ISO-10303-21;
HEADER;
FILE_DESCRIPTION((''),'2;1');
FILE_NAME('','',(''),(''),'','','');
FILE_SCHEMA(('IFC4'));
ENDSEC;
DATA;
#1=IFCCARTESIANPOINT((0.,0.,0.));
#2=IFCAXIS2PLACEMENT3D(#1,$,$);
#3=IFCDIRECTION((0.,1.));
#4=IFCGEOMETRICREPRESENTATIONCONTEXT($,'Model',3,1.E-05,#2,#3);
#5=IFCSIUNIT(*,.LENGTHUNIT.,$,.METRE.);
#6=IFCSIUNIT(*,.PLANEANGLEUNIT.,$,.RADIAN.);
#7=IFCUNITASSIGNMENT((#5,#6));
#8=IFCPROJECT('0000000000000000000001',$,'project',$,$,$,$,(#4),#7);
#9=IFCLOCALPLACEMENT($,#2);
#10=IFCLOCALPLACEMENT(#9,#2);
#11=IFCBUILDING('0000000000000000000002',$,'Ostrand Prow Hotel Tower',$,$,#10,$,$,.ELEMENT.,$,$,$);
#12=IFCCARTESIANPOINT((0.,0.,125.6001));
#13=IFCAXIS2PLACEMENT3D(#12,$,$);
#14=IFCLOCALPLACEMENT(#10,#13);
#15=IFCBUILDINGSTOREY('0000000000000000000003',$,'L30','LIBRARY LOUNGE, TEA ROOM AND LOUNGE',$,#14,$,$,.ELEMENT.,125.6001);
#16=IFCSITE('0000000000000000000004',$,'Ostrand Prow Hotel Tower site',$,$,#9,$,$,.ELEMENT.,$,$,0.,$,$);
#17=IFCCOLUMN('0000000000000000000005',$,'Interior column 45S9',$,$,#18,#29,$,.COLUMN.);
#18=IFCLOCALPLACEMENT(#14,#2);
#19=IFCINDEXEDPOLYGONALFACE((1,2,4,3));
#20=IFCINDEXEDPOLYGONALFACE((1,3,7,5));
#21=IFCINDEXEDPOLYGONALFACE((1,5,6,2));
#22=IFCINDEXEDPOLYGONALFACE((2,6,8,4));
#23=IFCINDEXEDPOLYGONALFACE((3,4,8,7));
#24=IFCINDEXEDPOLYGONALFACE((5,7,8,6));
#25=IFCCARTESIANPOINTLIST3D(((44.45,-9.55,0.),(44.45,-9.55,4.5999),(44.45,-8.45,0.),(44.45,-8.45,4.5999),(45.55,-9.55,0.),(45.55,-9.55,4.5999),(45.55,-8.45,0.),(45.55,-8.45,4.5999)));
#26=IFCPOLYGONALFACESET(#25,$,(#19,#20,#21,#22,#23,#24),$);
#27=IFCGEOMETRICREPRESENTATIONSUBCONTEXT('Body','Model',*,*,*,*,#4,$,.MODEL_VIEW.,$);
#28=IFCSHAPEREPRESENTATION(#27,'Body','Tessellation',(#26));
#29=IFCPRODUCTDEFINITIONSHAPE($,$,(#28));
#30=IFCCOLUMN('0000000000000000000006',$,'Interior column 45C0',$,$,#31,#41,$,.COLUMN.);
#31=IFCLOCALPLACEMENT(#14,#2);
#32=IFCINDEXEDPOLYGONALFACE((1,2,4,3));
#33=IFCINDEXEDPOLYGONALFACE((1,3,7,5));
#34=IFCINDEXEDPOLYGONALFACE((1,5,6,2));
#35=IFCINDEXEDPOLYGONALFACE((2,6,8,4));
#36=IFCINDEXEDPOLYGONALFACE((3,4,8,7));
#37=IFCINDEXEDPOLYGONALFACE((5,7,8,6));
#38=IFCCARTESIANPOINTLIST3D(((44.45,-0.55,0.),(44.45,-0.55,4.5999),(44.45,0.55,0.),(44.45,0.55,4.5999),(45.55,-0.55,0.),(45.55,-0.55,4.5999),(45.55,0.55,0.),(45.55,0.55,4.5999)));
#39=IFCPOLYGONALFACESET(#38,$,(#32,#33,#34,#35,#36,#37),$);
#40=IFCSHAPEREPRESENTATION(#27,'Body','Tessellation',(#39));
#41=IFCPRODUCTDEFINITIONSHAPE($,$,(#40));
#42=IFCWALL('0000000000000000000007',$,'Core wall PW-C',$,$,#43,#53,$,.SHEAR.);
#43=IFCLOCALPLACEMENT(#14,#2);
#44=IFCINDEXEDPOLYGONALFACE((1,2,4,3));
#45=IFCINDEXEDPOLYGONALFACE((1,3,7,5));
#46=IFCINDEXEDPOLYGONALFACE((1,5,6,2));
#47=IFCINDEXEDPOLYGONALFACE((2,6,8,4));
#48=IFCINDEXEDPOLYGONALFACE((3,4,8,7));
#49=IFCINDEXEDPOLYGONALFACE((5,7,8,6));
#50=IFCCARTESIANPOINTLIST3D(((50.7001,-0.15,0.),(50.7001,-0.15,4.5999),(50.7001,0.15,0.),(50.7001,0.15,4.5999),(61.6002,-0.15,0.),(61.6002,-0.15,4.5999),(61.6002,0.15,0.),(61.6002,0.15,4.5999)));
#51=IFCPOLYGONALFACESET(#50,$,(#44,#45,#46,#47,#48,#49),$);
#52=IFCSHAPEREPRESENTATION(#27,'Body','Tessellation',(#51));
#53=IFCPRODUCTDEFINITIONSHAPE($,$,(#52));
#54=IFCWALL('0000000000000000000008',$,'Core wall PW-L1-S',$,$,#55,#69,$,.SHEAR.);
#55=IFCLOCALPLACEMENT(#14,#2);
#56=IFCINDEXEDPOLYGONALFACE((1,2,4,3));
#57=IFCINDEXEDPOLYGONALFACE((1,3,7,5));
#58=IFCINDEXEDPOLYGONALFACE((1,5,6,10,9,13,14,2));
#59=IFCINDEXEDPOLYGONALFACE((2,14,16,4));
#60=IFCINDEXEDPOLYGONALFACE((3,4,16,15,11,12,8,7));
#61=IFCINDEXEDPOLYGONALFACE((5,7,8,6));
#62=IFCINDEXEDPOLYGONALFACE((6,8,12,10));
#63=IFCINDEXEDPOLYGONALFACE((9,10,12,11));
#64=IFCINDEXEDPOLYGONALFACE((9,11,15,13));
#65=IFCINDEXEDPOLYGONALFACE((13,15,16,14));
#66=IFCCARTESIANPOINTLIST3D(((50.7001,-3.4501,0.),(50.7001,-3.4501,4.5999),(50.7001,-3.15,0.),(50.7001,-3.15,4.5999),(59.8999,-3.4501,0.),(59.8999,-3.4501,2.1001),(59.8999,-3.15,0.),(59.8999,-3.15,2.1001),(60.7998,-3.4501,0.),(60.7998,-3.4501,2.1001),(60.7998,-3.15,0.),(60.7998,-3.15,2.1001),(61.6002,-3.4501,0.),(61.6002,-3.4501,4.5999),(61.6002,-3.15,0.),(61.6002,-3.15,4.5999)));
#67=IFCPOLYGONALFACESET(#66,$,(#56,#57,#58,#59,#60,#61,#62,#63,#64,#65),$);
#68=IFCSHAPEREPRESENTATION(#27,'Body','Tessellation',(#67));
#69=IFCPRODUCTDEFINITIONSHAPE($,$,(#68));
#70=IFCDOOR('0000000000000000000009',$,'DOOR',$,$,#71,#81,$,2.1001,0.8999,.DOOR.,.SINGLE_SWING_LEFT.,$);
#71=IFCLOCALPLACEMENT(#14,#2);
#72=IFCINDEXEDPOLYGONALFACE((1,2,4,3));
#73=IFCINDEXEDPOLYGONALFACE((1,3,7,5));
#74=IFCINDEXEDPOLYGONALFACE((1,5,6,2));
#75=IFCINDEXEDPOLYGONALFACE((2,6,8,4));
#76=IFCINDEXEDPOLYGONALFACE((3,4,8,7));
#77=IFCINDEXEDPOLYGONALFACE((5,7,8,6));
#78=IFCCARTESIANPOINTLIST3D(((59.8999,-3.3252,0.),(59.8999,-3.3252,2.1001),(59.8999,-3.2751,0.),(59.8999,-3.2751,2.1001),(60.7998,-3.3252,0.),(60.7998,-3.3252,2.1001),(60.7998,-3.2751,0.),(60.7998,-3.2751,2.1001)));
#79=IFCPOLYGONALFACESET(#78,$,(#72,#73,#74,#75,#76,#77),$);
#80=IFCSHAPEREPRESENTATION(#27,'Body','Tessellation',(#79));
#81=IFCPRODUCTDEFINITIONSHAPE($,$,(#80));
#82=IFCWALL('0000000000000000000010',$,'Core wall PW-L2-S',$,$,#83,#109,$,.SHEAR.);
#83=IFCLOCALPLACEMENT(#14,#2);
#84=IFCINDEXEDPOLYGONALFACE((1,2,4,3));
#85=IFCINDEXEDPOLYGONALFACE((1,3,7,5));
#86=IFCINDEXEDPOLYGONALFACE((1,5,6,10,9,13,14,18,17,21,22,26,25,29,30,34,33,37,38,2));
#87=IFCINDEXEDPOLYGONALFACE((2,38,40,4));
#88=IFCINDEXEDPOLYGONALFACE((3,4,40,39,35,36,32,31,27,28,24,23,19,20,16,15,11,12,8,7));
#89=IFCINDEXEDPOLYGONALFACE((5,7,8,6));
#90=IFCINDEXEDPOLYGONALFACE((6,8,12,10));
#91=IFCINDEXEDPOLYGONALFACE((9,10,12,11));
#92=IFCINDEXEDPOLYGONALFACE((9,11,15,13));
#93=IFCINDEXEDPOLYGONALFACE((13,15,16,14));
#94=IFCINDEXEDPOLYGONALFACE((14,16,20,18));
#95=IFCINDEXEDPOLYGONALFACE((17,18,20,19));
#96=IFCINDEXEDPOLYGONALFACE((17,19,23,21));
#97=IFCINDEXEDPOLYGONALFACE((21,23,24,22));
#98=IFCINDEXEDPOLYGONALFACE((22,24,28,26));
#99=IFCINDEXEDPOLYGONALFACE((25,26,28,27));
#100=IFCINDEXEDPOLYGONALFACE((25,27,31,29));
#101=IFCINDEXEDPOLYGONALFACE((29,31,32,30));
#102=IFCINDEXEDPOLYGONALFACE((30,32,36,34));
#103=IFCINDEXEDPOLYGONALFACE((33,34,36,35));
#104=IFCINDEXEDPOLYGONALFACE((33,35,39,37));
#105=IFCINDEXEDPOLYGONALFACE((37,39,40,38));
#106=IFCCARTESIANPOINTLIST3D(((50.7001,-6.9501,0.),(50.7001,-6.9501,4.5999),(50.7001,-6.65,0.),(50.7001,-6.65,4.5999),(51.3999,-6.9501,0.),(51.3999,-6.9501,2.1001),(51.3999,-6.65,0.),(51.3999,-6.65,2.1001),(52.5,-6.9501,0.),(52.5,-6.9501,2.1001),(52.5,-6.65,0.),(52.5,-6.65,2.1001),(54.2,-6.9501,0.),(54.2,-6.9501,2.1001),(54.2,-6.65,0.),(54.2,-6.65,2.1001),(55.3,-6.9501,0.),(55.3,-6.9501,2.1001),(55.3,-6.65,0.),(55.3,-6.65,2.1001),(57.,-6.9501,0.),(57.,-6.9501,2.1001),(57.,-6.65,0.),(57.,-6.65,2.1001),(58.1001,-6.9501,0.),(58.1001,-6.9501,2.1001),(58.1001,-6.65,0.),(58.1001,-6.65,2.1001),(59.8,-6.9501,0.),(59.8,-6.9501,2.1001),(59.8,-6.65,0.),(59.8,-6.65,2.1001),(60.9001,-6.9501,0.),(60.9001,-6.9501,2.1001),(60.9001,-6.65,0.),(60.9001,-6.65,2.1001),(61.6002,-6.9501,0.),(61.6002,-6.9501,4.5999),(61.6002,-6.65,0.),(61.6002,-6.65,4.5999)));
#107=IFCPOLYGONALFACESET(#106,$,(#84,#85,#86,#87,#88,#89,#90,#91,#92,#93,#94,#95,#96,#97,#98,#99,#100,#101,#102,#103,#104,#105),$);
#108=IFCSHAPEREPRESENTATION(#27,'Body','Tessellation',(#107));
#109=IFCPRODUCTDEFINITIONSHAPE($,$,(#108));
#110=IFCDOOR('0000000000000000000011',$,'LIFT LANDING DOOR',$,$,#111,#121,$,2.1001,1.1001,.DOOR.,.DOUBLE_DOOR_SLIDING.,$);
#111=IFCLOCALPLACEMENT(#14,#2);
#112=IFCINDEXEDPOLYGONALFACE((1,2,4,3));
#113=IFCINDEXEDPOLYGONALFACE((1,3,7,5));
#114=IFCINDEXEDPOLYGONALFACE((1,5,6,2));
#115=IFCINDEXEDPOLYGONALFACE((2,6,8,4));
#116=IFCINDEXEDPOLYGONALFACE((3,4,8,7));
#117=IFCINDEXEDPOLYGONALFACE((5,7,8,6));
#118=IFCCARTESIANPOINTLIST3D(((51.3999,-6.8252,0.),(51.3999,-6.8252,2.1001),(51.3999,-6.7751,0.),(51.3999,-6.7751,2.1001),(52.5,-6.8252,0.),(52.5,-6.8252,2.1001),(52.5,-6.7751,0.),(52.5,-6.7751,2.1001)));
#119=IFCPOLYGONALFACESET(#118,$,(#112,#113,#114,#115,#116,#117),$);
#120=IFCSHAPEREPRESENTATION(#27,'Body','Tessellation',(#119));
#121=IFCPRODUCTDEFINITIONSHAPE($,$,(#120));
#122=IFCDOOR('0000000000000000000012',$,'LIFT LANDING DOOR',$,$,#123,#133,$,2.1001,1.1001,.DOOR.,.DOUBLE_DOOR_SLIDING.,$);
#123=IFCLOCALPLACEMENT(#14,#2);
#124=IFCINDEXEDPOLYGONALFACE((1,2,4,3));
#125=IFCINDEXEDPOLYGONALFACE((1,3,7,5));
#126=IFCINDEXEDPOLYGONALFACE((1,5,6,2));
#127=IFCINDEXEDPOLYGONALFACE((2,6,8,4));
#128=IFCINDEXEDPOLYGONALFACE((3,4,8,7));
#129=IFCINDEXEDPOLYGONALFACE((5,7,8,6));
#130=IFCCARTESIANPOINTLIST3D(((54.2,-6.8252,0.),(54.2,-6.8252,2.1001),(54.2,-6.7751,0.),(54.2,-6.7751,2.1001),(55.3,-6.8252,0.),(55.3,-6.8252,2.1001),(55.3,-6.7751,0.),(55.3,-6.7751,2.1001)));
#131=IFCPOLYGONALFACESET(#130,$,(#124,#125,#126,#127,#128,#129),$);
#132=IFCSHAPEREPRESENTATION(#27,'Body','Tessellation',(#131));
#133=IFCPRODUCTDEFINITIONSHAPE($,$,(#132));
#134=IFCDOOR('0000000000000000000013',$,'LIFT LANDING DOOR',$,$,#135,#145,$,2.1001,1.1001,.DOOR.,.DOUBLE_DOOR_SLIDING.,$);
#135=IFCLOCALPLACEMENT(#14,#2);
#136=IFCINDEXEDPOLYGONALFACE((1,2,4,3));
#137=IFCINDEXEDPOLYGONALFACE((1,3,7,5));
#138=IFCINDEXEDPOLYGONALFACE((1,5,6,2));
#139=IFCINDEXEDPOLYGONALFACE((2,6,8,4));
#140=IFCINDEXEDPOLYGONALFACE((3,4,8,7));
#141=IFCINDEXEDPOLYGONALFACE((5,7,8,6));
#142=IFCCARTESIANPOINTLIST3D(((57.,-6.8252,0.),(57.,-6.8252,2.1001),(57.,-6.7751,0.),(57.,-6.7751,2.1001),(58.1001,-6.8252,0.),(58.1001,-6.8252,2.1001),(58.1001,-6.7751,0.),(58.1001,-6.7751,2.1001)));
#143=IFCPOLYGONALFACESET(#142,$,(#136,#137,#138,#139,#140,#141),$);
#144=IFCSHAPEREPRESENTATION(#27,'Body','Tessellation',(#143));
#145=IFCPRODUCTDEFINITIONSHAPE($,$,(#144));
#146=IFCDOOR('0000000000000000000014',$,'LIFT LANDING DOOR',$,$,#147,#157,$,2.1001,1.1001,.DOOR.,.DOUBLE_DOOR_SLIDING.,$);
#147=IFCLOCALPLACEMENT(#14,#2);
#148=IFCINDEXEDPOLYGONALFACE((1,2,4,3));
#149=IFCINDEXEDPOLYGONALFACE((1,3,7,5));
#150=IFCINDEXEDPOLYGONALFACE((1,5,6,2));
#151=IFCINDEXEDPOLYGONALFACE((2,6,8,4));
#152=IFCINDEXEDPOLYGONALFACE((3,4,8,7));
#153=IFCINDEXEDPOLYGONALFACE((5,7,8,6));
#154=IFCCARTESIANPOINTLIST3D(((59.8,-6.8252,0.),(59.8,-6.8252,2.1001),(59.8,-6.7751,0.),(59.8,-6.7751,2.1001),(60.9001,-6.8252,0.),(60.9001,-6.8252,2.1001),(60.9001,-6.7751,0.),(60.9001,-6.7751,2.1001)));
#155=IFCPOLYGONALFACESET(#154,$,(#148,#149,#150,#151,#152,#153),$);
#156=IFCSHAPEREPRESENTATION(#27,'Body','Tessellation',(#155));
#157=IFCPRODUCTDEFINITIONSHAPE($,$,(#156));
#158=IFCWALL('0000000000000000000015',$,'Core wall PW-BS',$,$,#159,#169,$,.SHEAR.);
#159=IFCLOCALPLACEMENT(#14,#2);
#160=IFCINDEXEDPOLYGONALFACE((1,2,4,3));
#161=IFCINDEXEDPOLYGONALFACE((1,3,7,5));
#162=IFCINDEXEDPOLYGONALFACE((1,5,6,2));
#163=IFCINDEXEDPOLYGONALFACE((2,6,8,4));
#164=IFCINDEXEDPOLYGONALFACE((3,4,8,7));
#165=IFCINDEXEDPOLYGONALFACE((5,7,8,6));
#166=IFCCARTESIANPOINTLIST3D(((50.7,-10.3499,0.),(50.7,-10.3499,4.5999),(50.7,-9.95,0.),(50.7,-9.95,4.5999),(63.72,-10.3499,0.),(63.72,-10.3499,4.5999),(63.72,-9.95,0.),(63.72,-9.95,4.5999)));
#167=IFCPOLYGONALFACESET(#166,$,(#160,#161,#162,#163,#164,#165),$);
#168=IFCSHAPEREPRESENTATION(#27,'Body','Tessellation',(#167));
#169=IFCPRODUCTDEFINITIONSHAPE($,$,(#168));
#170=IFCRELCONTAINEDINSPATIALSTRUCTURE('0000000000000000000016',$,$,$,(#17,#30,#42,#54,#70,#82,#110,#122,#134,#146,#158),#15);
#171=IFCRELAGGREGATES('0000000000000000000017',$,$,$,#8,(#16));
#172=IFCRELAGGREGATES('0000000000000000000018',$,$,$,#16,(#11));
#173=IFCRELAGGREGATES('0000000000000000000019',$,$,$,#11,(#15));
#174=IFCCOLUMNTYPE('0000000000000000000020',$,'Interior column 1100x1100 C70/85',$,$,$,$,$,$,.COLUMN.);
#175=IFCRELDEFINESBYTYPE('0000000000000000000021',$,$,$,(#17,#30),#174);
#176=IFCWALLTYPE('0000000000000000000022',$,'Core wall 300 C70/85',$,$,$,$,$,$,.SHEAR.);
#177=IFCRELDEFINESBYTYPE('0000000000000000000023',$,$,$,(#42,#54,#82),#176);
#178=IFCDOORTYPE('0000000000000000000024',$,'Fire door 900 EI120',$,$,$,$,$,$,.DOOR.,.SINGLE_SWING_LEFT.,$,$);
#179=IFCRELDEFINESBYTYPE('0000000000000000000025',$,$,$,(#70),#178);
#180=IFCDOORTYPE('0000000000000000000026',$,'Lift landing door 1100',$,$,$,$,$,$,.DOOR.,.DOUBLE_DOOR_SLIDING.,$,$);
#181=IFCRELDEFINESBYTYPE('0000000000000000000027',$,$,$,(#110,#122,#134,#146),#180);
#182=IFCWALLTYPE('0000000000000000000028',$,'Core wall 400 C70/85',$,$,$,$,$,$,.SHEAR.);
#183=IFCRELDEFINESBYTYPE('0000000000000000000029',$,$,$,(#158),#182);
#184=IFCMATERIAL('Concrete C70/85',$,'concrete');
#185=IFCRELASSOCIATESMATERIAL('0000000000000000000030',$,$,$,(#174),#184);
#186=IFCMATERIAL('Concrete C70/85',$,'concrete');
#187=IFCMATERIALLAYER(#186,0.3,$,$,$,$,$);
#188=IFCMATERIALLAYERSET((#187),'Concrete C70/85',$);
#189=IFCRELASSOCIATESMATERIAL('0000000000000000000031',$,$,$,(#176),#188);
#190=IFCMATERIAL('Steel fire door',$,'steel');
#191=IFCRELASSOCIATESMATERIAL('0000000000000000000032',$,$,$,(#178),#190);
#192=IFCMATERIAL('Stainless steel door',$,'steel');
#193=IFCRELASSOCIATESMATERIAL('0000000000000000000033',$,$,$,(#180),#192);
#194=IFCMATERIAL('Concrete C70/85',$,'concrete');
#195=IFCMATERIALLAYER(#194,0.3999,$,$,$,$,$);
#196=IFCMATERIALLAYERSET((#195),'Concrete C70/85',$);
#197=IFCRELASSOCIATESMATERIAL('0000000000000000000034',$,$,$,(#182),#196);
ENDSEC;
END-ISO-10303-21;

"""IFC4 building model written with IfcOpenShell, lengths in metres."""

from ifc_helpers import new_model, si_unit, direction, frame, frame_2d, origin, origin_2d, place, context, subcontext, project, spatial, rectangle, extrude, material, layer, layer_set, material_profile, profile_set, type_object, element, fill, save


model = new_model("IFC4")

# Units and contexts
model_context = context("Model", 3, precision=1e-05, world=origin(), true_north=direction((0.0, 1.0)))
body_context = subcontext(model_context, "Body", "Model", "MODEL_VIEW")
ifc_project = project(units=[si_unit("LENGTHUNIT", "METRE"), si_unit("PLANEANGLEUNIT", "RADIAN")], contexts=[model_context])

# Site, building, storey
site_placement = place(None, origin())
site = spatial("IfcSite", under=ifc_project, at=site_placement, Name="Ostrand Prow Hotel Tower site", CompositionType="ELEMENT", RefElevation=0.0)
building_placement = place(site_placement, origin())
building = spatial("IfcBuilding", under=site, at=building_placement, Name="Ostrand Prow Hotel Tower", CompositionType="ELEMENT")
storey_placement = place(building_placement, frame((0.0, 0.0, 125.6001)))
storey = spatial("IfcBuildingStorey", under=building, at=storey_placement, Name="L30", Description="LIBRARY LOUNGE, TEA ROOM AND LOUNGE", CompositionType="ELEMENT", Elevation=125.6001)

# Columns
ifc_material_1 = material(Name="Concrete C70/85", Category="concrete")
ifc_material_profile = material_profile(ifc_material_1, rectangle(XDim=1.1001, YDim=1.1001, at=origin_2d()), Name="RC 1100x1100")
ifc_profile_set = profile_set([ifc_material_profile], Name="Concrete C70/85")
column_type = type_object("IfcColumnType", Name="Interior column 1100x1100 C70/85", PredefinedType="COLUMN", material=ifc_profile_set)
for number, where, z_axis, x_axis, name in (
    (1, (45.0, -9.0, 0.0), (0.0, 0.0, 1.0), (1.0, 0.0, 0.0), "Interior column 45S9"),
    (2, (45.0, 0.0, 0.0), (0.0, 0.0, 1.0), (1.0, 0.0, 0.0), "Interior column 45C0"),
):
    element("IfcColumn", number, at=place(storey_placement, frame(where, z_axis=z_axis, x_axis=x_axis)), inside=storey, type_object=column_type, Name=name, PredefinedType="COLUMN", context=body_context, shape_type="SweptSolid", body=[
        extrude(rectangle(XDim=1.1001, YDim=1.1001, at=origin_2d()), origin(), (0.0, 0.0, 1.0), 4.5999),
    ])

# Wall
ifc_material_2 = material(Name="Concrete C70/85", Category="concrete")
ifc_layer_1 = layer(ifc_material_2, 0.3)
ifc_layer_set_1 = layer_set([ifc_layer_1], Name="Concrete C70/85")
wall_type_1 = type_object("IfcWallType", Name="Core wall 300 C70/85", PredefinedType="SHEAR", material=ifc_layer_set_1)
wall_1_placement = place(storey_placement, frame((50.7, 0.0, 0.0), z_axis=(0.0, 0.0, 1.0), x_axis=(1.0, 0.0, 0.0)))
element("IfcWall", 3, at=wall_1_placement, inside=storey, type_object=wall_type_1, Name="Core wall PW-C", PredefinedType="SHEAR", context=body_context, shape_type="SweptSolid", body=[
    extrude(rectangle(XDim=10.9001, YDim=0.3, at=frame_2d((5.4502, 0.0))), origin(), (0.0, 0.0, 1.0), 4.5999),
])

# Wall, opening, door
wall_2_placement = place(storey_placement, frame((50.7, -3.3, 0.0), z_axis=(0.0, 0.0, 1.0), x_axis=(1.0, 0.0, 0.0)))
wall_2 = element("IfcWall", 4, at=wall_2_placement, inside=storey, type_object=wall_type_1, Name="Core wall PW-L1-S", PredefinedType="SHEAR", context=body_context, shape_type="SweptSolid", body=[
    extrude(rectangle(XDim=10.9001, YDim=0.3, at=frame_2d((5.4502, 0.0))), origin(), (0.0, 0.0, 1.0), 4.5999),
])
opening_1_placement = place(wall_2_placement, frame((9.2, 0.0, 0.0)))
opening_1 = element("IfcOpeningElement", 5, at=opening_1_placement, cuts=wall_2, PredefinedType="OPENING", context=body_context, shape_type="SweptSolid", body=[
    extrude(rectangle(XDim=0.8999, YDim=2.1001, at=frame_2d((0.45, 1.05))), frame((0.0, 0.1599, 0.0), z_axis=(0.0, -1.0, 0.0), x_axis=(1.0, 0.0, 0.0)), (0.0, 0.0, 1.0), 0.3201),
])
ifc_material_3 = material(Name="Steel fire door", Category="steel")
door_type_1 = type_object("IfcDoorType", Name="Fire door 900 EI120", OperationType="SINGLE_SWING_LEFT", PredefinedType="DOOR", material=ifc_material_3)
door_1_placement = place(opening_1_placement, origin())
door_1 = element("IfcDoor", 6, at=door_1_placement, inside=storey, type_object=door_type_1, Name="DOOR", OperationType="SINGLE_SWING_LEFT", OverallHeight=2.1001, OverallWidth=0.8999, PredefinedType="DOOR", context=body_context, shape_type="SweptSolid", body=[
    extrude(rectangle(XDim=0.8999, YDim=2.1001, at=frame_2d((0.45, 1.05))), frame((0.0, 0.0249, 0.0), z_axis=(0.0, -1.0, 0.0), x_axis=(1.0, 0.0, 0.0)), (0.0, 0.0, 1.0), 0.05),
])
fill(opening_1, door_1)

# Wall, openings, doors
wall_3_placement = place(storey_placement, frame((50.7, -6.8, 0.0), z_axis=(0.0, 0.0, 1.0), x_axis=(1.0, 0.0, 0.0)))
wall_3 = element("IfcWall", 7, at=wall_3_placement, inside=storey, type_object=wall_type_1, Name="Core wall PW-L2-S", PredefinedType="SHEAR", context=body_context, shape_type="SweptSolid", body=[
    extrude(rectangle(XDim=10.9001, YDim=0.3, at=frame_2d((5.4502, 0.0))), origin(), (0.0, 0.0, 1.0), 4.5999),
])
opening_2_placement = place(wall_3_placement, frame((0.7, 0.0, 0.0)))
opening_2 = element("IfcOpeningElement", 8, at=opening_2_placement, cuts=wall_3, PredefinedType="OPENING", context=body_context, shape_type="SweptSolid", body=[
    extrude(rectangle(XDim=1.1001, YDim=2.1001, at=frame_2d((0.55, 1.05))), frame((0.0, 0.1599, 0.0), z_axis=(0.0, -1.0, 0.0), x_axis=(1.0, 0.0, 0.0)), (0.0, 0.0, 1.0), 0.3201),
])
opening_3_placement = place(wall_3_placement, frame((3.5, 0.0, 0.0)))
opening_3 = element("IfcOpeningElement", 9, at=opening_3_placement, cuts=wall_3, PredefinedType="OPENING", context=body_context, shape_type="SweptSolid", body=[
    extrude(rectangle(XDim=1.1001, YDim=2.1001, at=frame_2d((0.55, 1.05))), frame((0.0, 0.1599, 0.0), z_axis=(0.0, -1.0, 0.0), x_axis=(1.0, 0.0, 0.0)), (0.0, 0.0, 1.0), 0.3201),
])
opening_4_placement = place(wall_3_placement, frame((6.3, 0.0, 0.0)))
opening_4 = element("IfcOpeningElement", 10, at=opening_4_placement, cuts=wall_3, PredefinedType="OPENING", context=body_context, shape_type="SweptSolid", body=[
    extrude(rectangle(XDim=1.1001, YDim=2.1001, at=frame_2d((0.55, 1.05))), frame((0.0, 0.1599, 0.0), z_axis=(0.0, -1.0, 0.0), x_axis=(1.0, 0.0, 0.0)), (0.0, 0.0, 1.0), 0.3201),
])
opening_5_placement = place(wall_3_placement, frame((9.1001, 0.0, 0.0)))
opening_5 = element("IfcOpeningElement", 11, at=opening_5_placement, cuts=wall_3, PredefinedType="OPENING", context=body_context, shape_type="SweptSolid", body=[
    extrude(rectangle(XDim=1.1001, YDim=2.1001, at=frame_2d((0.55, 1.05))), frame((0.0, 0.1599, 0.0), z_axis=(0.0, -1.0, 0.0), x_axis=(1.0, 0.0, 0.0)), (0.0, 0.0, 1.0), 0.3201),
])
ifc_material_4 = material(Name="Stainless steel door", Category="steel")
door_type_2 = type_object("IfcDoorType", Name="Lift landing door 1100", OperationType="DOUBLE_DOOR_SLIDING", PredefinedType="DOOR", material=ifc_material_4)
door_2_placement = place(opening_2_placement, origin())
door_2 = element("IfcDoor", 12, at=door_2_placement, inside=storey, type_object=door_type_2, Name="LIFT LANDING DOOR", OperationType="DOUBLE_DOOR_SLIDING", OverallHeight=2.1001, OverallWidth=1.1001, PredefinedType="DOOR", context=body_context, shape_type="SweptSolid", body=[
    extrude(rectangle(XDim=1.1001, YDim=2.1001, at=frame_2d((0.55, 1.05))), frame((0.0, 0.0249, 0.0), z_axis=(0.0, -1.0, 0.0), x_axis=(1.0, 0.0, 0.0)), (0.0, 0.0, 1.0), 0.05),
])
fill(opening_2, door_2)
door_3_placement = place(opening_3_placement, origin())
door_3 = element("IfcDoor", 13, at=door_3_placement, inside=storey, type_object=door_type_2, Name="LIFT LANDING DOOR", OperationType="DOUBLE_DOOR_SLIDING", OverallHeight=2.1001, OverallWidth=1.1001, PredefinedType="DOOR", context=body_context, shape_type="SweptSolid", body=[
    extrude(rectangle(XDim=1.1001, YDim=2.1001, at=frame_2d((0.55, 1.05))), frame((0.0, 0.0249, 0.0), z_axis=(0.0, -1.0, 0.0), x_axis=(1.0, 0.0, 0.0)), (0.0, 0.0, 1.0), 0.05),
])
fill(opening_3, door_3)
door_4_placement = place(opening_4_placement, origin())
door_4 = element("IfcDoor", 14, at=door_4_placement, inside=storey, type_object=door_type_2, Name="LIFT LANDING DOOR", OperationType="DOUBLE_DOOR_SLIDING", OverallHeight=2.1001, OverallWidth=1.1001, PredefinedType="DOOR", context=body_context, shape_type="SweptSolid", body=[
    extrude(rectangle(XDim=1.1001, YDim=2.1001, at=frame_2d((0.55, 1.05))), frame((0.0, 0.0249, 0.0), z_axis=(0.0, -1.0, 0.0), x_axis=(1.0, 0.0, 0.0)), (0.0, 0.0, 1.0), 0.05),
])
fill(opening_4, door_4)
door_5_placement = place(opening_5_placement, origin())
door_5 = element("IfcDoor", 15, at=door_5_placement, inside=storey, type_object=door_type_2, Name="LIFT LANDING DOOR", OperationType="DOUBLE_DOOR_SLIDING", OverallHeight=2.1001, OverallWidth=1.1001, PredefinedType="DOOR", context=body_context, shape_type="SweptSolid", body=[
    extrude(rectangle(XDim=1.1001, YDim=2.1001, at=frame_2d((0.55, 1.05))), frame((0.0, 0.0249, 0.0), z_axis=(0.0, -1.0, 0.0), x_axis=(1.0, 0.0, 0.0)), (0.0, 0.0, 1.0), 0.05),
])
fill(opening_5, door_5)

# Wall
ifc_material_5 = material(Name="Concrete C70/85", Category="concrete")
ifc_layer_2 = layer(ifc_material_5, 0.3999)
ifc_layer_set_2 = layer_set([ifc_layer_2], Name="Concrete C70/85")
wall_type_2 = type_object("IfcWallType", Name="Core wall 400 C70/85", PredefinedType="SHEAR", material=ifc_layer_set_2)
wall_4_placement = place(storey_placement, frame((50.7, -10.1499, 0.0), z_axis=(0.0, 0.0, 1.0), x_axis=(1.0, 0.0, 0.0)))
element("IfcWall", 16, at=wall_4_placement, inside=storey, type_object=wall_type_2, Name="Core wall PW-BS", PredefinedType="SHEAR", context=body_context, shape_type="SweptSolid", body=[
    extrude(rectangle(XDim=13.02, YDim=0.3999, at=frame_2d((6.51, 0.0))), origin(), (0.0, 0.0, 1.0), 4.5999),
])

save(model, "model.ifc")
